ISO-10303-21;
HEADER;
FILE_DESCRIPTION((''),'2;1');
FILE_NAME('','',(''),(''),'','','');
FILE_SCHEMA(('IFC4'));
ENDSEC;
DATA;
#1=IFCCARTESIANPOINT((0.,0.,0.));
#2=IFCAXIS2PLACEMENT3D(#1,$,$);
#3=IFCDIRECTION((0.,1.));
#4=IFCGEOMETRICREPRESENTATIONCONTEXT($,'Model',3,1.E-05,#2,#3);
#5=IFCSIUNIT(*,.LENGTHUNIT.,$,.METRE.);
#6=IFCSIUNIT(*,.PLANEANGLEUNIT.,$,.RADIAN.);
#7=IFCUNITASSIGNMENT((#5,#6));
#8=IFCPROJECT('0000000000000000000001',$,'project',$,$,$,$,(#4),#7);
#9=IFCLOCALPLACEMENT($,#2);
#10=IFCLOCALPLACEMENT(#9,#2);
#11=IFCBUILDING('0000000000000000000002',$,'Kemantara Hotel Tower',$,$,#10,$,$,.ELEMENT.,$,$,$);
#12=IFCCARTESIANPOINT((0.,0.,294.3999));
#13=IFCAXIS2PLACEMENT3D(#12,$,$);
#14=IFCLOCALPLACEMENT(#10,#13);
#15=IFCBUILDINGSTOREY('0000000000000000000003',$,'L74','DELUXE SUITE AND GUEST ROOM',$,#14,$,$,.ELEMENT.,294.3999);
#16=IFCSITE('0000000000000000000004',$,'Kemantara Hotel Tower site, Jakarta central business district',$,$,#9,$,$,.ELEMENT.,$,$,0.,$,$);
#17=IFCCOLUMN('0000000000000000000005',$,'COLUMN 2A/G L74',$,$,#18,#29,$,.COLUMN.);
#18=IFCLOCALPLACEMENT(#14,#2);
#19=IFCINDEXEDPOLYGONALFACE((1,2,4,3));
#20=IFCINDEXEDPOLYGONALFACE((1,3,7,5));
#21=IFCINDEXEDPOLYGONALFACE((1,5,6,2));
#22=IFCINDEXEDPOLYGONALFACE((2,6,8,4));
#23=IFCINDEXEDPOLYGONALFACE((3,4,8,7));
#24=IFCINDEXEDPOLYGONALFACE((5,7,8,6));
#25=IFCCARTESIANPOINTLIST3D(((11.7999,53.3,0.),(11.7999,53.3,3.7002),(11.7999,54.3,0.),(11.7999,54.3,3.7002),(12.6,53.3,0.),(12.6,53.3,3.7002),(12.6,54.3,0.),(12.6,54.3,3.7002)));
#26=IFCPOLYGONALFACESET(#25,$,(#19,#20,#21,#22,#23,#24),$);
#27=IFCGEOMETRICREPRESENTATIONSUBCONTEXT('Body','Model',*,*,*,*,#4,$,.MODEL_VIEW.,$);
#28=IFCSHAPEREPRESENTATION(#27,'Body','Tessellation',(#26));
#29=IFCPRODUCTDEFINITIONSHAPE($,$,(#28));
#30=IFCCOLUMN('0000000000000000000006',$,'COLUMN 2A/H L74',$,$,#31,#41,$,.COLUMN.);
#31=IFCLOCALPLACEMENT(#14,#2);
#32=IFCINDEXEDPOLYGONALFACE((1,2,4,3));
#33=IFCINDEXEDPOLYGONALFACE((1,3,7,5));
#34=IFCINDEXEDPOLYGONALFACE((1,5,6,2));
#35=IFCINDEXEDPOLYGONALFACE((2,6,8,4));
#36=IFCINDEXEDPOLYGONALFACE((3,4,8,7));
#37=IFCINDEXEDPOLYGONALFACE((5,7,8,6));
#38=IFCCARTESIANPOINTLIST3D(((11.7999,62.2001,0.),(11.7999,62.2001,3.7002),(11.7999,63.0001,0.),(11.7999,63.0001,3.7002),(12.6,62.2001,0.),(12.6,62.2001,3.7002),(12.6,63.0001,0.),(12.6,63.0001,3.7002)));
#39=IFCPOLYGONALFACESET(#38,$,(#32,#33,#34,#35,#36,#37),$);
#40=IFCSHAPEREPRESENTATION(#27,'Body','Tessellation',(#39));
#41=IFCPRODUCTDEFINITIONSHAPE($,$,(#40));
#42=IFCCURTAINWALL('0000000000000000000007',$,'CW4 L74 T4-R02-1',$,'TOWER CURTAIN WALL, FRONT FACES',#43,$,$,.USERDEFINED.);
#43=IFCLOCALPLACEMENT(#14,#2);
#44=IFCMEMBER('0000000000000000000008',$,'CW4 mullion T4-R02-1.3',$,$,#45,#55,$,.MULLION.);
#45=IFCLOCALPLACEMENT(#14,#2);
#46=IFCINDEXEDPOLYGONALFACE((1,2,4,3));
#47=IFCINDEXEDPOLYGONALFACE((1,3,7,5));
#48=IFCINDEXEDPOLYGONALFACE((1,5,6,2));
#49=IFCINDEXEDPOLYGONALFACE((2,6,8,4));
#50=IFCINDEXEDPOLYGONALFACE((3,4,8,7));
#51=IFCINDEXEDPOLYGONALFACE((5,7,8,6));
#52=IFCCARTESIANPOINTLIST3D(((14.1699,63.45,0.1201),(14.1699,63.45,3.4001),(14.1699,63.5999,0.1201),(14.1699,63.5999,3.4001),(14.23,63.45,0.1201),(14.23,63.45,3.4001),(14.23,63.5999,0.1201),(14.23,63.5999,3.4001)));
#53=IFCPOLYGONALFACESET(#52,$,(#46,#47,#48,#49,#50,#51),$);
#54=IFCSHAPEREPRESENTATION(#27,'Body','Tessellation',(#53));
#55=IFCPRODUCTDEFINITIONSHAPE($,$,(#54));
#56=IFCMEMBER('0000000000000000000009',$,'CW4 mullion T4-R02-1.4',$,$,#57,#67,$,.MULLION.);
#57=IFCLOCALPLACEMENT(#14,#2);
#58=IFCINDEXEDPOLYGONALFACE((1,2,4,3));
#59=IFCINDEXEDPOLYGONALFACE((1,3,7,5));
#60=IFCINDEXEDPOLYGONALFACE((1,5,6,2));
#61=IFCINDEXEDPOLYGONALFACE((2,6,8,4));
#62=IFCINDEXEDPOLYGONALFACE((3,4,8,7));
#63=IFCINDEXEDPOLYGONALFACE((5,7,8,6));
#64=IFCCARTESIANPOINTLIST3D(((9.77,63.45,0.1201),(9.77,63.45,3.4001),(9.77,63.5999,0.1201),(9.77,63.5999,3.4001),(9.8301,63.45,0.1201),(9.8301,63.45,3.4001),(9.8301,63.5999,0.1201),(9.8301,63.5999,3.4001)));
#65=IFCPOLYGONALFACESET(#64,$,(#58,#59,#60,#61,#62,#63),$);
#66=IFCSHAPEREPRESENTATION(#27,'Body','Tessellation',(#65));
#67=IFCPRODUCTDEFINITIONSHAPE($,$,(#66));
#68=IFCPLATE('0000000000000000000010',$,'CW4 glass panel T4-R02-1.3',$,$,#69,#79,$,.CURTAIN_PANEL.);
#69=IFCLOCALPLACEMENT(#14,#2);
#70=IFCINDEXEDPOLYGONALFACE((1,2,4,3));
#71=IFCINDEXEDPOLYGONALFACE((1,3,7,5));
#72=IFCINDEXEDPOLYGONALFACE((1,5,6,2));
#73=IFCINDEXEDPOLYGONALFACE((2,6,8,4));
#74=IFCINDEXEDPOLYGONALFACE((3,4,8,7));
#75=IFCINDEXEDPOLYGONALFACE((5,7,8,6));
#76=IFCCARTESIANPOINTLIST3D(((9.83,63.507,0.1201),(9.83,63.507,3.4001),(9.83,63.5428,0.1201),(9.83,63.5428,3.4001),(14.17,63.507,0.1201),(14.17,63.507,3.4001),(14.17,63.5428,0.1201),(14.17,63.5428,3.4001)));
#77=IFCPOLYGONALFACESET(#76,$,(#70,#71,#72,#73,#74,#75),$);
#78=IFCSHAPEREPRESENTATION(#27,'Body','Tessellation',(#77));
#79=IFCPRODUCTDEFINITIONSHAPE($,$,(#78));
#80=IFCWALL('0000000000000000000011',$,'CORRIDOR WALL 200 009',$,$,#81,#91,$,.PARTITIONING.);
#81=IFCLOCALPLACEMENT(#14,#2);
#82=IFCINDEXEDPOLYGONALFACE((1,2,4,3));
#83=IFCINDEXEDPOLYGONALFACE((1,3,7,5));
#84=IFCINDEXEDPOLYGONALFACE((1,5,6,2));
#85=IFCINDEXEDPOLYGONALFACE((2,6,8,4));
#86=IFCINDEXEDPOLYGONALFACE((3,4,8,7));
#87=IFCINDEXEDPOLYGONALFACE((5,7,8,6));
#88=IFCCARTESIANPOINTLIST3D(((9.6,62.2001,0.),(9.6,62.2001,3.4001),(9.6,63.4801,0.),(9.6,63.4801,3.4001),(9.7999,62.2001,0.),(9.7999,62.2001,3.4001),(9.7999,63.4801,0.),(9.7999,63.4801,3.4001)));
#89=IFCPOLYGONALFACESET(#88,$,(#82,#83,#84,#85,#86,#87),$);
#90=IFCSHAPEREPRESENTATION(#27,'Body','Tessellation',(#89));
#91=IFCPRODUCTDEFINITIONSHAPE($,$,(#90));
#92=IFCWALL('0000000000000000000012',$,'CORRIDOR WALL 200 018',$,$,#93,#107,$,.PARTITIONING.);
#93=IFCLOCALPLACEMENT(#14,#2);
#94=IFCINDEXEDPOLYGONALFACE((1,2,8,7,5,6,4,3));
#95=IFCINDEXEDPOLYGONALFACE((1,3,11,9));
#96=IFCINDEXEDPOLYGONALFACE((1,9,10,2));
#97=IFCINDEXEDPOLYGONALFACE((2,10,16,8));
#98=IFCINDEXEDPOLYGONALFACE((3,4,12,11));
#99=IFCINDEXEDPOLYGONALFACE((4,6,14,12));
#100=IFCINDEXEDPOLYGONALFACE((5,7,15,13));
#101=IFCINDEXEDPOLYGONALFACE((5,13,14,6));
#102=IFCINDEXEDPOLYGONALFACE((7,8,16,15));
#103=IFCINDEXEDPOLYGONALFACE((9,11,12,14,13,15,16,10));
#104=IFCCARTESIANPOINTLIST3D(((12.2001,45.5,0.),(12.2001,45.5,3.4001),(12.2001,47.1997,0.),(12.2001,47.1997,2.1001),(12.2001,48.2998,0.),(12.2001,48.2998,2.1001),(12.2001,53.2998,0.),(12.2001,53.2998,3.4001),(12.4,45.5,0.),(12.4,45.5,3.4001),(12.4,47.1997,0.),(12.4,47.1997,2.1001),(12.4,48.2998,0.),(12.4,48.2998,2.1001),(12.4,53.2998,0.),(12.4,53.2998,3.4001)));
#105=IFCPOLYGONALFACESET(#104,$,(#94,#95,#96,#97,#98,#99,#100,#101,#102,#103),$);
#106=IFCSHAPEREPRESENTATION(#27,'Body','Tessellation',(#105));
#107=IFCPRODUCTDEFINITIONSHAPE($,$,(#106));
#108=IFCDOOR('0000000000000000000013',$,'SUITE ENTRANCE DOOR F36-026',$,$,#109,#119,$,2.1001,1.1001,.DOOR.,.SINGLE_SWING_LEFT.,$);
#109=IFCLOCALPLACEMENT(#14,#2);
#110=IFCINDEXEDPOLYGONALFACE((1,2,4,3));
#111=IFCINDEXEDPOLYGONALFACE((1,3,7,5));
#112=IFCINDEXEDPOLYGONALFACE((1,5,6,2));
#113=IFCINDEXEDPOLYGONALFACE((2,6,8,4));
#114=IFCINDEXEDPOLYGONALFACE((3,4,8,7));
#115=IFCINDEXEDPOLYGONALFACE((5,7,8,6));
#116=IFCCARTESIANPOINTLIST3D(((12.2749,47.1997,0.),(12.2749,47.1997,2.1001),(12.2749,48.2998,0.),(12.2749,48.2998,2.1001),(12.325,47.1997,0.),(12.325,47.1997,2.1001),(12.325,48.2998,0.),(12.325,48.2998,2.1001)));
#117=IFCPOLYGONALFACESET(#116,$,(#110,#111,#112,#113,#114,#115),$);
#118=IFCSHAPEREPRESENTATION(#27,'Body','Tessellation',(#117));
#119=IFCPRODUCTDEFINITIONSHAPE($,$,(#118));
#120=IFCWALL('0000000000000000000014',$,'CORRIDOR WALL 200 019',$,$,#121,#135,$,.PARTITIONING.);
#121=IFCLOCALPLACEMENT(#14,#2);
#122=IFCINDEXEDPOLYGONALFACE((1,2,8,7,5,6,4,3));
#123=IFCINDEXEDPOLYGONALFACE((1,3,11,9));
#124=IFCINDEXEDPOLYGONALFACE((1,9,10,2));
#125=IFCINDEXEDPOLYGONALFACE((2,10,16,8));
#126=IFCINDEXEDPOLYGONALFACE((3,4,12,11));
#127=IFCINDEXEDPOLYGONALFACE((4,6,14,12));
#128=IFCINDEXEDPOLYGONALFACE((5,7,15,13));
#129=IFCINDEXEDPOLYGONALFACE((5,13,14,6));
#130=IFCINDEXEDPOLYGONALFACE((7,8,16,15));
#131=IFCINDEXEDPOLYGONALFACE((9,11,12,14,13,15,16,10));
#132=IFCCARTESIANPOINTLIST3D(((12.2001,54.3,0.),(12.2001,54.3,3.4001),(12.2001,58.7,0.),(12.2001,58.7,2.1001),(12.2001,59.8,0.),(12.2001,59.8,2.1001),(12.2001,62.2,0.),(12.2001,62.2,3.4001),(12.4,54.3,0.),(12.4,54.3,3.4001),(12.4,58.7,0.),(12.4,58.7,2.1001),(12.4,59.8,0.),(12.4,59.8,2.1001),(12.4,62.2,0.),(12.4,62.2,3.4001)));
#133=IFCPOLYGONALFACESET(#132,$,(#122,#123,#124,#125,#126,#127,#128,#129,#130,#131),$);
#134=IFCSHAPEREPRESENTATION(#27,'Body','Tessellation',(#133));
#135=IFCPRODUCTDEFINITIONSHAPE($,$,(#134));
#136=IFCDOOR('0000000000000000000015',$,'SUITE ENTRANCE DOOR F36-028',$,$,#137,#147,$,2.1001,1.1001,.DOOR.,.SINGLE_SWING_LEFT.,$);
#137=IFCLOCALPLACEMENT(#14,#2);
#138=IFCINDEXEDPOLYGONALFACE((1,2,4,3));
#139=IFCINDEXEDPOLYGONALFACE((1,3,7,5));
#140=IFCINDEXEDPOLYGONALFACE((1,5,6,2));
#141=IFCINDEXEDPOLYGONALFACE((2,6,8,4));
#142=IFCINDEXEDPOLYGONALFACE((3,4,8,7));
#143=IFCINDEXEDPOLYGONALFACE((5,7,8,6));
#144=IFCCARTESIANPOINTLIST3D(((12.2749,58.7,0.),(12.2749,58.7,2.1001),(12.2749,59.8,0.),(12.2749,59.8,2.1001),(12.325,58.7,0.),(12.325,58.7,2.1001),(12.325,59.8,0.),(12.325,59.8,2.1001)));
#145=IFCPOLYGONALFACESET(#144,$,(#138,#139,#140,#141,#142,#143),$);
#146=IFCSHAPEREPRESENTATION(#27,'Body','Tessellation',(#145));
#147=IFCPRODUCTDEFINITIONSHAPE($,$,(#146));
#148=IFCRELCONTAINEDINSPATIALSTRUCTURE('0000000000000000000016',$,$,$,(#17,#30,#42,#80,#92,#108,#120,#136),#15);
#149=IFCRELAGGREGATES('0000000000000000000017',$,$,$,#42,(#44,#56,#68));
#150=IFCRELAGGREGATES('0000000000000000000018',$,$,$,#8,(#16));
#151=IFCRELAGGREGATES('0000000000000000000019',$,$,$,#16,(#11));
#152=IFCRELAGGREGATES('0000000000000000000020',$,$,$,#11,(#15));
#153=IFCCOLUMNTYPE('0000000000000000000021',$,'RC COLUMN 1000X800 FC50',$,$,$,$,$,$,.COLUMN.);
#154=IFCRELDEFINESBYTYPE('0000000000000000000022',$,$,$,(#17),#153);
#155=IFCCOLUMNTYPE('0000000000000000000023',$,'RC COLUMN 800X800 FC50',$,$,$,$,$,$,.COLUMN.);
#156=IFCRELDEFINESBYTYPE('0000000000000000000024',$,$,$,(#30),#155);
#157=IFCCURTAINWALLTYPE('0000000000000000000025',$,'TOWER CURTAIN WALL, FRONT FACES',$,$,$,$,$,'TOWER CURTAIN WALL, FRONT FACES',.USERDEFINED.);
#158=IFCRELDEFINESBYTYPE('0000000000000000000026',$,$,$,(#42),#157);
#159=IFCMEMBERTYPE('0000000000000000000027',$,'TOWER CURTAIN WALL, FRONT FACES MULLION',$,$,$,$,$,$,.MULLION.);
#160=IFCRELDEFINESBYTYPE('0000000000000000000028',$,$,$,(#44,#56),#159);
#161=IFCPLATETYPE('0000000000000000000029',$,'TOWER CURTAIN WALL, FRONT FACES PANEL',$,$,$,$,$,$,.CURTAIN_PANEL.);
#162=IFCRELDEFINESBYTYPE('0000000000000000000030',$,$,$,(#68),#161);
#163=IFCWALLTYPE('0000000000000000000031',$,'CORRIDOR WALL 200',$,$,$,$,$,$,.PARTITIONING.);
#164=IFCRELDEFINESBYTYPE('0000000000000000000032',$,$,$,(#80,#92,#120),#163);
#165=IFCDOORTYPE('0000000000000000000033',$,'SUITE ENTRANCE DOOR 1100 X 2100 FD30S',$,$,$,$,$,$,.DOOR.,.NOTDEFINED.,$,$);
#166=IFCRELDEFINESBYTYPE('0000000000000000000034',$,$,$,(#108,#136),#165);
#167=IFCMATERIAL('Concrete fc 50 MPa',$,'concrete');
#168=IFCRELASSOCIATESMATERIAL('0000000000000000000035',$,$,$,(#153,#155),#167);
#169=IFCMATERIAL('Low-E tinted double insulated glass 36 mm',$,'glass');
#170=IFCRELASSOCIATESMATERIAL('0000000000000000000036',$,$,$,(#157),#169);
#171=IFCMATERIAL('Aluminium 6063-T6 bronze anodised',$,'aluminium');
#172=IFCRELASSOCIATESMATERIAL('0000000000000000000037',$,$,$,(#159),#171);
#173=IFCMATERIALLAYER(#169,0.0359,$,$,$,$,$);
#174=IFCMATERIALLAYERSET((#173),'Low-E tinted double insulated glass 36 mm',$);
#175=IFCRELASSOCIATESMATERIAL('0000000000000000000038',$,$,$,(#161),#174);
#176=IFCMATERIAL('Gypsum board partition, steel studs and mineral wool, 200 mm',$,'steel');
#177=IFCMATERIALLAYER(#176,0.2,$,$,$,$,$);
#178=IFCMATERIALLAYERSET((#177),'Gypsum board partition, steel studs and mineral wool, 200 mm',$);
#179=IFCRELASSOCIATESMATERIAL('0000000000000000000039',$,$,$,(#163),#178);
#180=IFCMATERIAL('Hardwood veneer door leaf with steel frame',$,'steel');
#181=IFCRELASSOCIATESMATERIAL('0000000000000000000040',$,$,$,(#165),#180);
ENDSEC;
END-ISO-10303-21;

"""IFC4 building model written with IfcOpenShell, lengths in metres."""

from ifc_helpers import new_model, si_unit, direction, frame, frame_2d, origin, origin_2d, place, context, subcontext, project, spatial, rectangle, extrude, source, transform, mapped, material, layer, layer_set, material_profile, profile_set, type_object, element, fill, aggregate, save


model = new_model("IFC4")

# Units and contexts
model_context = context("Model", 3, precision=1e-05, world=origin(), true_north=direction((0.0, 1.0)))
body_context = subcontext(model_context, "Body", "Model", "MODEL_VIEW")
ifc_project = project(units=[si_unit("LENGTHUNIT", "METRE"), si_unit("PLANEANGLEUNIT", "RADIAN")], contexts=[model_context])

# Site, building, storey
site_placement = place(None, origin())
site = spatial("IfcSite", under=ifc_project, at=site_placement, Name="Kemantara Hotel Tower site, Jakarta central business district", CompositionType="ELEMENT", RefElevation=0.0)
building_placement = place(site_placement, origin())
building = spatial("IfcBuilding", under=site, at=building_placement, Name="Kemantara Hotel Tower", CompositionType="ELEMENT")
storey_placement = place(building_placement, frame((0.0, 0.0, 294.3999)))
storey = spatial("IfcBuildingStorey", under=building, at=storey_placement, Name="L74", Description="DELUXE SUITE AND GUEST ROOM", CompositionType="ELEMENT", Elevation=294.3999)

# Columns
ifc_material_1 = material(Name="Concrete fc 50 MPa", Category="concrete")
ifc_material_profile_1 = material_profile(ifc_material_1, rectangle(XDim=1.0, YDim=0.8, at=origin_2d()), Name="RC 1000X800")
ifc_profile_set_1 = profile_set([ifc_material_profile_1], Name="Concrete fc 50 MPa")
column_type_1 = type_object("IfcColumnType", Name="RC COLUMN 1000X800 FC50", PredefinedType="COLUMN", material=ifc_profile_set_1)
column_1_placement = place(storey_placement, frame((12.2, 53.8, 0.0), z_axis=(0.0, 0.0, 1.0), x_axis=(0.0, 1.0, 0.0)))
element("IfcColumn", 1, at=column_1_placement, inside=storey, type_object=column_type_1, Name="COLUMN 2A/G L74", PredefinedType="COLUMN", context=body_context, shape_type="SweptSolid", body=[
    extrude(rectangle(XDim=1.0, YDim=0.8, at=origin_2d()), origin(), (0.0, 0.0, 1.0), 3.7002),
])
ifc_material_profile_2 = material_profile(ifc_material_1, rectangle(XDim=0.8, YDim=0.8, at=origin_2d()), Name="RC 800X800")
ifc_profile_set_2 = profile_set([ifc_material_profile_2], Name="Concrete fc 50 MPa")
column_type_2 = type_object("IfcColumnType", Name="RC COLUMN 800X800 FC50", PredefinedType="COLUMN", material=ifc_profile_set_2)
column_2_placement = place(storey_placement, frame((12.2, 62.6001, 0.0), z_axis=(0.0, 0.0, 1.0), x_axis=(1.0, 0.0, 0.0)))
element("IfcColumn", 2, at=column_2_placement, inside=storey, type_object=column_type_2, Name="COLUMN 2A/H L74", PredefinedType="COLUMN", context=body_context, shape_type="SweptSolid", body=[
    extrude(rectangle(XDim=0.8, YDim=0.8, at=origin_2d()), origin(), (0.0, 0.0, 1.0), 3.7002),
])

# Curtain wall, members, plate
ifc_material_2 = material(Name="Low-E tinted double insulated glass 36 mm", Category="glass")
curtain_wall_type = type_object("IfcCurtainWallType", Name="TOWER CURTAIN WALL, FRONT FACES", ElementType="TOWER CURTAIN WALL, FRONT FACES", PredefinedType="USERDEFINED", material=ifc_material_2)
curtain_wall_placement = place(storey_placement, origin())
curtain_wall = element("IfcCurtainWall", 3, at=curtain_wall_placement, inside=storey, type_object=curtain_wall_type, Name="CW4 L74 T4-R02-1", ObjectType="TOWER CURTAIN WALL, FRONT FACES", PredefinedType="USERDEFINED")
ifc_material_3 = material(Name="Aluminium 6063-T6 bronze anodised", Category="aluminium")
ifc_material_profile_3 = material_profile(ifc_material_3, rectangle(XDim=0.1499, YDim=0.0601, at=origin_2d()), Name="TOWER CURTAIN WALL, FRONT FACES MULLION")
ifc_profile_set_3 = profile_set([ifc_material_profile_3], Name="Aluminium 6063-T6 bronze anodised")
member_type = type_object("IfcMemberType", Name="TOWER CURTAIN WALL, FRONT FACES MULLION", PredefinedType="MULLION", material=ifc_profile_set_3)
shared_shape_1 = source(origin(), body_context, "Body", "SweptSolid", [
    extrude(rectangle(XDim=0.1499, YDim=0.0601, at=origin_2d()), origin(), (0.0, 0.0, 1.0), 3.28),
])
member_1_placement = place(storey_placement, frame((14.2, 63.5249, 0.1201), z_axis=(0.0, 0.0, 1.0), x_axis=(0.0, -1.0, 0.0)))
member_1 = element("IfcMember", 4, at=member_1_placement, type_object=member_type, Name="CW4 mullion T4-R02-1.3", PredefinedType="MULLION", context=body_context, shape_type="MappedRepresentation", body=[
    mapped(shared_shape_1, transform((0.0, 0.0, 0.0))),
])
member_2_placement = place(storey_placement, frame((9.8, 63.5249, 0.1201), z_axis=(0.0, 0.0, 1.0), x_axis=(0.0, -1.0, 0.0)))
member_2 = element("IfcMember", 5, at=member_2_placement, type_object=member_type, Name="CW4 mullion T4-R02-1.4", PredefinedType="MULLION", context=body_context, shape_type="MappedRepresentation", body=[
    mapped(shared_shape_1, transform((0.0, 0.0, 0.0))),
])
ifc_layer_1 = layer(ifc_material_2, 0.0359)
ifc_layer_set_1 = layer_set([ifc_layer_1], Name="Low-E tinted double insulated glass 36 mm")
plate_type = type_object("IfcPlateType", Name="TOWER CURTAIN WALL, FRONT FACES PANEL", PredefinedType="CURTAIN_PANEL", material=ifc_layer_set_1)
shared_shape_2 = source(origin(), body_context, "Body", "SweptSolid", [
    extrude(rectangle(XDim=4.3401, YDim=0.0359, at=origin_2d()), origin(), (0.0, 0.0, 1.0), 3.28),
])
plate_placement = place(storey_placement, frame((12.0, 63.5249, 0.1201), z_axis=(0.0, 0.0, 1.0), x_axis=(-1.0, 0.0, 0.0)))
plate = element("IfcPlate", 6, at=plate_placement, type_object=plate_type, Name="CW4 glass panel T4-R02-1.3", PredefinedType="CURTAIN_PANEL", context=body_context, shape_type="MappedRepresentation", body=[
    mapped(shared_shape_2, transform((0.0, 0.0, 0.0))),
])
aggregate(curtain_wall, [member_1, member_2, plate])

# Wall
ifc_material_4 = material(Name="Gypsum board partition, steel studs and mineral wool, 200 mm", Category="steel")
ifc_layer_2 = layer(ifc_material_4, 0.2)
ifc_layer_set_2 = layer_set([ifc_layer_2], Name="Gypsum board partition, steel studs and mineral wool, 200 mm")
wall_type_1 = type_object("IfcWallType", Name="CORRIDOR WALL 200", PredefinedType="PARTITIONING", material=ifc_layer_set_2)
wall_1_placement = place(storey_placement, frame((9.7, 62.2, 0.0), z_axis=(0.0, 0.0, 1.0), x_axis=(0.0, 1.0, 0.0)))
element("IfcWall", 7, at=wall_1_placement, inside=storey, type_object=wall_type_1, Name="CORRIDOR WALL 200 009", PredefinedType="PARTITIONING", context=body_context, shape_type="SweptSolid", body=[
    extrude(rectangle(XDim=1.28, YDim=0.2, at=frame_2d((0.6401, 0.0))), origin(), (0.0, 0.0, 1.0), 3.4001),
])

# Walls, openings, doors
wall_2_placement = place(storey_placement, frame((12.3, 53.2998, 0.0), z_axis=(0.0, 0.0, 1.0), x_axis=(0.0, -1.0, 0.0)))
wall_2 = element("IfcWall", 8, at=wall_2_placement, inside=storey, type_object=wall_type_1, Name="CORRIDOR WALL 200 018", PredefinedType="PARTITIONING", context=body_context, shape_type="SweptSolid", body=[
    extrude(rectangle(XDim=7.7998, YDim=0.2, at=frame_2d((3.8999, 0.0))), origin(), (0.0, 0.0, 1.0), 3.4001),
])
opening_1_placement = place(wall_2_placement, frame((5.0, 0.0, 0.0)))
opening_1 = element("IfcOpeningElement", 9, at=opening_1_placement, cuts=wall_2, PredefinedType="OPENING", context=body_context, shape_type="SweptSolid", body=[
    extrude(rectangle(XDim=1.1001, YDim=2.1001, at=frame_2d((0.55, 1.05))), frame((0.0, 0.1099, 0.0), z_axis=(0.0, -1.0, 0.0), x_axis=(1.0, 0.0, 0.0)), (0.0, 0.0, 1.0), 0.22),
])
ifc_material_5 = material(Name="Hardwood veneer door leaf with steel frame", Category="steel")
door_type_1 = type_object("IfcDoorType", Name="SUITE ENTRANCE DOOR 1100 X 2100 FD30S", OperationType="NOTDEFINED", PredefinedType="DOOR", material=ifc_material_5)
door_1_placement = place(opening_1_placement, origin())
door_1 = element("IfcDoor", 10, at=door_1_placement, inside=storey, type_object=door_type_1, Name="SUITE ENTRANCE DOOR F36-026", OperationType="SINGLE_SWING_LEFT", OverallHeight=2.1001, OverallWidth=1.1001, PredefinedType="DOOR", context=body_context, shape_type="SweptSolid", body=[
    extrude(rectangle(XDim=1.1001, YDim=2.1001, at=frame_2d((0.55, 1.05))), frame((0.0, 0.0249, 0.0), z_axis=(0.0, -1.0, 0.0), x_axis=(1.0, 0.0, 0.0)), (0.0, 0.0, 1.0), 0.05),
])
fill(opening_1, door_1)
wall_3_placement = place(storey_placement, frame((12.3, 62.2, 0.0), z_axis=(0.0, 0.0, 1.0), x_axis=(0.0, -1.0, 0.0)))
wall_3 = element("IfcWall", 11, at=wall_3_placement, inside=storey, type_object=wall_type_1, Name="CORRIDOR WALL 200 019", PredefinedType="PARTITIONING", context=body_context, shape_type="SweptSolid", body=[
    extrude(rectangle(XDim=7.8999, YDim=0.2, at=frame_2d((3.95, 0.0))), origin(), (0.0, 0.0, 1.0), 3.4001),
])
opening_2_placement = place(wall_3_placement, frame((2.3999, 0.0, 0.0)))
opening_2 = element("IfcOpeningElement", 12, at=opening_2_placement, cuts=wall_3, PredefinedType="OPENING", context=body_context, shape_type="SweptSolid", body=[
    extrude(rectangle(XDim=1.1001, YDim=2.1001, at=frame_2d((0.55, 1.05))), frame((0.0, 0.1099, 0.0), z_axis=(0.0, -1.0, 0.0), x_axis=(1.0, 0.0, 0.0)), (0.0, 0.0, 1.0), 0.22),
])
door_2_placement = place(opening_2_placement, origin())
door_2 = element("IfcDoor", 13, at=door_2_placement, inside=storey, type_object=door_type_1, Name="SUITE ENTRANCE DOOR F36-028", OperationType="SINGLE_SWING_LEFT", OverallHeight=2.1001, OverallWidth=1.1001, PredefinedType="DOOR", context=body_context, shape_type="SweptSolid", body=[
    extrude(rectangle(XDim=1.1001, YDim=2.1001, at=frame_2d((0.55, 1.05))), frame((0.0, 0.0249, 0.0), z_axis=(0.0, -1.0, 0.0), x_axis=(1.0, 0.0, 0.0)), (0.0, 0.0, 1.0), 0.05),
])
fill(opening_2, door_2)

save(model, "model.ifc")
